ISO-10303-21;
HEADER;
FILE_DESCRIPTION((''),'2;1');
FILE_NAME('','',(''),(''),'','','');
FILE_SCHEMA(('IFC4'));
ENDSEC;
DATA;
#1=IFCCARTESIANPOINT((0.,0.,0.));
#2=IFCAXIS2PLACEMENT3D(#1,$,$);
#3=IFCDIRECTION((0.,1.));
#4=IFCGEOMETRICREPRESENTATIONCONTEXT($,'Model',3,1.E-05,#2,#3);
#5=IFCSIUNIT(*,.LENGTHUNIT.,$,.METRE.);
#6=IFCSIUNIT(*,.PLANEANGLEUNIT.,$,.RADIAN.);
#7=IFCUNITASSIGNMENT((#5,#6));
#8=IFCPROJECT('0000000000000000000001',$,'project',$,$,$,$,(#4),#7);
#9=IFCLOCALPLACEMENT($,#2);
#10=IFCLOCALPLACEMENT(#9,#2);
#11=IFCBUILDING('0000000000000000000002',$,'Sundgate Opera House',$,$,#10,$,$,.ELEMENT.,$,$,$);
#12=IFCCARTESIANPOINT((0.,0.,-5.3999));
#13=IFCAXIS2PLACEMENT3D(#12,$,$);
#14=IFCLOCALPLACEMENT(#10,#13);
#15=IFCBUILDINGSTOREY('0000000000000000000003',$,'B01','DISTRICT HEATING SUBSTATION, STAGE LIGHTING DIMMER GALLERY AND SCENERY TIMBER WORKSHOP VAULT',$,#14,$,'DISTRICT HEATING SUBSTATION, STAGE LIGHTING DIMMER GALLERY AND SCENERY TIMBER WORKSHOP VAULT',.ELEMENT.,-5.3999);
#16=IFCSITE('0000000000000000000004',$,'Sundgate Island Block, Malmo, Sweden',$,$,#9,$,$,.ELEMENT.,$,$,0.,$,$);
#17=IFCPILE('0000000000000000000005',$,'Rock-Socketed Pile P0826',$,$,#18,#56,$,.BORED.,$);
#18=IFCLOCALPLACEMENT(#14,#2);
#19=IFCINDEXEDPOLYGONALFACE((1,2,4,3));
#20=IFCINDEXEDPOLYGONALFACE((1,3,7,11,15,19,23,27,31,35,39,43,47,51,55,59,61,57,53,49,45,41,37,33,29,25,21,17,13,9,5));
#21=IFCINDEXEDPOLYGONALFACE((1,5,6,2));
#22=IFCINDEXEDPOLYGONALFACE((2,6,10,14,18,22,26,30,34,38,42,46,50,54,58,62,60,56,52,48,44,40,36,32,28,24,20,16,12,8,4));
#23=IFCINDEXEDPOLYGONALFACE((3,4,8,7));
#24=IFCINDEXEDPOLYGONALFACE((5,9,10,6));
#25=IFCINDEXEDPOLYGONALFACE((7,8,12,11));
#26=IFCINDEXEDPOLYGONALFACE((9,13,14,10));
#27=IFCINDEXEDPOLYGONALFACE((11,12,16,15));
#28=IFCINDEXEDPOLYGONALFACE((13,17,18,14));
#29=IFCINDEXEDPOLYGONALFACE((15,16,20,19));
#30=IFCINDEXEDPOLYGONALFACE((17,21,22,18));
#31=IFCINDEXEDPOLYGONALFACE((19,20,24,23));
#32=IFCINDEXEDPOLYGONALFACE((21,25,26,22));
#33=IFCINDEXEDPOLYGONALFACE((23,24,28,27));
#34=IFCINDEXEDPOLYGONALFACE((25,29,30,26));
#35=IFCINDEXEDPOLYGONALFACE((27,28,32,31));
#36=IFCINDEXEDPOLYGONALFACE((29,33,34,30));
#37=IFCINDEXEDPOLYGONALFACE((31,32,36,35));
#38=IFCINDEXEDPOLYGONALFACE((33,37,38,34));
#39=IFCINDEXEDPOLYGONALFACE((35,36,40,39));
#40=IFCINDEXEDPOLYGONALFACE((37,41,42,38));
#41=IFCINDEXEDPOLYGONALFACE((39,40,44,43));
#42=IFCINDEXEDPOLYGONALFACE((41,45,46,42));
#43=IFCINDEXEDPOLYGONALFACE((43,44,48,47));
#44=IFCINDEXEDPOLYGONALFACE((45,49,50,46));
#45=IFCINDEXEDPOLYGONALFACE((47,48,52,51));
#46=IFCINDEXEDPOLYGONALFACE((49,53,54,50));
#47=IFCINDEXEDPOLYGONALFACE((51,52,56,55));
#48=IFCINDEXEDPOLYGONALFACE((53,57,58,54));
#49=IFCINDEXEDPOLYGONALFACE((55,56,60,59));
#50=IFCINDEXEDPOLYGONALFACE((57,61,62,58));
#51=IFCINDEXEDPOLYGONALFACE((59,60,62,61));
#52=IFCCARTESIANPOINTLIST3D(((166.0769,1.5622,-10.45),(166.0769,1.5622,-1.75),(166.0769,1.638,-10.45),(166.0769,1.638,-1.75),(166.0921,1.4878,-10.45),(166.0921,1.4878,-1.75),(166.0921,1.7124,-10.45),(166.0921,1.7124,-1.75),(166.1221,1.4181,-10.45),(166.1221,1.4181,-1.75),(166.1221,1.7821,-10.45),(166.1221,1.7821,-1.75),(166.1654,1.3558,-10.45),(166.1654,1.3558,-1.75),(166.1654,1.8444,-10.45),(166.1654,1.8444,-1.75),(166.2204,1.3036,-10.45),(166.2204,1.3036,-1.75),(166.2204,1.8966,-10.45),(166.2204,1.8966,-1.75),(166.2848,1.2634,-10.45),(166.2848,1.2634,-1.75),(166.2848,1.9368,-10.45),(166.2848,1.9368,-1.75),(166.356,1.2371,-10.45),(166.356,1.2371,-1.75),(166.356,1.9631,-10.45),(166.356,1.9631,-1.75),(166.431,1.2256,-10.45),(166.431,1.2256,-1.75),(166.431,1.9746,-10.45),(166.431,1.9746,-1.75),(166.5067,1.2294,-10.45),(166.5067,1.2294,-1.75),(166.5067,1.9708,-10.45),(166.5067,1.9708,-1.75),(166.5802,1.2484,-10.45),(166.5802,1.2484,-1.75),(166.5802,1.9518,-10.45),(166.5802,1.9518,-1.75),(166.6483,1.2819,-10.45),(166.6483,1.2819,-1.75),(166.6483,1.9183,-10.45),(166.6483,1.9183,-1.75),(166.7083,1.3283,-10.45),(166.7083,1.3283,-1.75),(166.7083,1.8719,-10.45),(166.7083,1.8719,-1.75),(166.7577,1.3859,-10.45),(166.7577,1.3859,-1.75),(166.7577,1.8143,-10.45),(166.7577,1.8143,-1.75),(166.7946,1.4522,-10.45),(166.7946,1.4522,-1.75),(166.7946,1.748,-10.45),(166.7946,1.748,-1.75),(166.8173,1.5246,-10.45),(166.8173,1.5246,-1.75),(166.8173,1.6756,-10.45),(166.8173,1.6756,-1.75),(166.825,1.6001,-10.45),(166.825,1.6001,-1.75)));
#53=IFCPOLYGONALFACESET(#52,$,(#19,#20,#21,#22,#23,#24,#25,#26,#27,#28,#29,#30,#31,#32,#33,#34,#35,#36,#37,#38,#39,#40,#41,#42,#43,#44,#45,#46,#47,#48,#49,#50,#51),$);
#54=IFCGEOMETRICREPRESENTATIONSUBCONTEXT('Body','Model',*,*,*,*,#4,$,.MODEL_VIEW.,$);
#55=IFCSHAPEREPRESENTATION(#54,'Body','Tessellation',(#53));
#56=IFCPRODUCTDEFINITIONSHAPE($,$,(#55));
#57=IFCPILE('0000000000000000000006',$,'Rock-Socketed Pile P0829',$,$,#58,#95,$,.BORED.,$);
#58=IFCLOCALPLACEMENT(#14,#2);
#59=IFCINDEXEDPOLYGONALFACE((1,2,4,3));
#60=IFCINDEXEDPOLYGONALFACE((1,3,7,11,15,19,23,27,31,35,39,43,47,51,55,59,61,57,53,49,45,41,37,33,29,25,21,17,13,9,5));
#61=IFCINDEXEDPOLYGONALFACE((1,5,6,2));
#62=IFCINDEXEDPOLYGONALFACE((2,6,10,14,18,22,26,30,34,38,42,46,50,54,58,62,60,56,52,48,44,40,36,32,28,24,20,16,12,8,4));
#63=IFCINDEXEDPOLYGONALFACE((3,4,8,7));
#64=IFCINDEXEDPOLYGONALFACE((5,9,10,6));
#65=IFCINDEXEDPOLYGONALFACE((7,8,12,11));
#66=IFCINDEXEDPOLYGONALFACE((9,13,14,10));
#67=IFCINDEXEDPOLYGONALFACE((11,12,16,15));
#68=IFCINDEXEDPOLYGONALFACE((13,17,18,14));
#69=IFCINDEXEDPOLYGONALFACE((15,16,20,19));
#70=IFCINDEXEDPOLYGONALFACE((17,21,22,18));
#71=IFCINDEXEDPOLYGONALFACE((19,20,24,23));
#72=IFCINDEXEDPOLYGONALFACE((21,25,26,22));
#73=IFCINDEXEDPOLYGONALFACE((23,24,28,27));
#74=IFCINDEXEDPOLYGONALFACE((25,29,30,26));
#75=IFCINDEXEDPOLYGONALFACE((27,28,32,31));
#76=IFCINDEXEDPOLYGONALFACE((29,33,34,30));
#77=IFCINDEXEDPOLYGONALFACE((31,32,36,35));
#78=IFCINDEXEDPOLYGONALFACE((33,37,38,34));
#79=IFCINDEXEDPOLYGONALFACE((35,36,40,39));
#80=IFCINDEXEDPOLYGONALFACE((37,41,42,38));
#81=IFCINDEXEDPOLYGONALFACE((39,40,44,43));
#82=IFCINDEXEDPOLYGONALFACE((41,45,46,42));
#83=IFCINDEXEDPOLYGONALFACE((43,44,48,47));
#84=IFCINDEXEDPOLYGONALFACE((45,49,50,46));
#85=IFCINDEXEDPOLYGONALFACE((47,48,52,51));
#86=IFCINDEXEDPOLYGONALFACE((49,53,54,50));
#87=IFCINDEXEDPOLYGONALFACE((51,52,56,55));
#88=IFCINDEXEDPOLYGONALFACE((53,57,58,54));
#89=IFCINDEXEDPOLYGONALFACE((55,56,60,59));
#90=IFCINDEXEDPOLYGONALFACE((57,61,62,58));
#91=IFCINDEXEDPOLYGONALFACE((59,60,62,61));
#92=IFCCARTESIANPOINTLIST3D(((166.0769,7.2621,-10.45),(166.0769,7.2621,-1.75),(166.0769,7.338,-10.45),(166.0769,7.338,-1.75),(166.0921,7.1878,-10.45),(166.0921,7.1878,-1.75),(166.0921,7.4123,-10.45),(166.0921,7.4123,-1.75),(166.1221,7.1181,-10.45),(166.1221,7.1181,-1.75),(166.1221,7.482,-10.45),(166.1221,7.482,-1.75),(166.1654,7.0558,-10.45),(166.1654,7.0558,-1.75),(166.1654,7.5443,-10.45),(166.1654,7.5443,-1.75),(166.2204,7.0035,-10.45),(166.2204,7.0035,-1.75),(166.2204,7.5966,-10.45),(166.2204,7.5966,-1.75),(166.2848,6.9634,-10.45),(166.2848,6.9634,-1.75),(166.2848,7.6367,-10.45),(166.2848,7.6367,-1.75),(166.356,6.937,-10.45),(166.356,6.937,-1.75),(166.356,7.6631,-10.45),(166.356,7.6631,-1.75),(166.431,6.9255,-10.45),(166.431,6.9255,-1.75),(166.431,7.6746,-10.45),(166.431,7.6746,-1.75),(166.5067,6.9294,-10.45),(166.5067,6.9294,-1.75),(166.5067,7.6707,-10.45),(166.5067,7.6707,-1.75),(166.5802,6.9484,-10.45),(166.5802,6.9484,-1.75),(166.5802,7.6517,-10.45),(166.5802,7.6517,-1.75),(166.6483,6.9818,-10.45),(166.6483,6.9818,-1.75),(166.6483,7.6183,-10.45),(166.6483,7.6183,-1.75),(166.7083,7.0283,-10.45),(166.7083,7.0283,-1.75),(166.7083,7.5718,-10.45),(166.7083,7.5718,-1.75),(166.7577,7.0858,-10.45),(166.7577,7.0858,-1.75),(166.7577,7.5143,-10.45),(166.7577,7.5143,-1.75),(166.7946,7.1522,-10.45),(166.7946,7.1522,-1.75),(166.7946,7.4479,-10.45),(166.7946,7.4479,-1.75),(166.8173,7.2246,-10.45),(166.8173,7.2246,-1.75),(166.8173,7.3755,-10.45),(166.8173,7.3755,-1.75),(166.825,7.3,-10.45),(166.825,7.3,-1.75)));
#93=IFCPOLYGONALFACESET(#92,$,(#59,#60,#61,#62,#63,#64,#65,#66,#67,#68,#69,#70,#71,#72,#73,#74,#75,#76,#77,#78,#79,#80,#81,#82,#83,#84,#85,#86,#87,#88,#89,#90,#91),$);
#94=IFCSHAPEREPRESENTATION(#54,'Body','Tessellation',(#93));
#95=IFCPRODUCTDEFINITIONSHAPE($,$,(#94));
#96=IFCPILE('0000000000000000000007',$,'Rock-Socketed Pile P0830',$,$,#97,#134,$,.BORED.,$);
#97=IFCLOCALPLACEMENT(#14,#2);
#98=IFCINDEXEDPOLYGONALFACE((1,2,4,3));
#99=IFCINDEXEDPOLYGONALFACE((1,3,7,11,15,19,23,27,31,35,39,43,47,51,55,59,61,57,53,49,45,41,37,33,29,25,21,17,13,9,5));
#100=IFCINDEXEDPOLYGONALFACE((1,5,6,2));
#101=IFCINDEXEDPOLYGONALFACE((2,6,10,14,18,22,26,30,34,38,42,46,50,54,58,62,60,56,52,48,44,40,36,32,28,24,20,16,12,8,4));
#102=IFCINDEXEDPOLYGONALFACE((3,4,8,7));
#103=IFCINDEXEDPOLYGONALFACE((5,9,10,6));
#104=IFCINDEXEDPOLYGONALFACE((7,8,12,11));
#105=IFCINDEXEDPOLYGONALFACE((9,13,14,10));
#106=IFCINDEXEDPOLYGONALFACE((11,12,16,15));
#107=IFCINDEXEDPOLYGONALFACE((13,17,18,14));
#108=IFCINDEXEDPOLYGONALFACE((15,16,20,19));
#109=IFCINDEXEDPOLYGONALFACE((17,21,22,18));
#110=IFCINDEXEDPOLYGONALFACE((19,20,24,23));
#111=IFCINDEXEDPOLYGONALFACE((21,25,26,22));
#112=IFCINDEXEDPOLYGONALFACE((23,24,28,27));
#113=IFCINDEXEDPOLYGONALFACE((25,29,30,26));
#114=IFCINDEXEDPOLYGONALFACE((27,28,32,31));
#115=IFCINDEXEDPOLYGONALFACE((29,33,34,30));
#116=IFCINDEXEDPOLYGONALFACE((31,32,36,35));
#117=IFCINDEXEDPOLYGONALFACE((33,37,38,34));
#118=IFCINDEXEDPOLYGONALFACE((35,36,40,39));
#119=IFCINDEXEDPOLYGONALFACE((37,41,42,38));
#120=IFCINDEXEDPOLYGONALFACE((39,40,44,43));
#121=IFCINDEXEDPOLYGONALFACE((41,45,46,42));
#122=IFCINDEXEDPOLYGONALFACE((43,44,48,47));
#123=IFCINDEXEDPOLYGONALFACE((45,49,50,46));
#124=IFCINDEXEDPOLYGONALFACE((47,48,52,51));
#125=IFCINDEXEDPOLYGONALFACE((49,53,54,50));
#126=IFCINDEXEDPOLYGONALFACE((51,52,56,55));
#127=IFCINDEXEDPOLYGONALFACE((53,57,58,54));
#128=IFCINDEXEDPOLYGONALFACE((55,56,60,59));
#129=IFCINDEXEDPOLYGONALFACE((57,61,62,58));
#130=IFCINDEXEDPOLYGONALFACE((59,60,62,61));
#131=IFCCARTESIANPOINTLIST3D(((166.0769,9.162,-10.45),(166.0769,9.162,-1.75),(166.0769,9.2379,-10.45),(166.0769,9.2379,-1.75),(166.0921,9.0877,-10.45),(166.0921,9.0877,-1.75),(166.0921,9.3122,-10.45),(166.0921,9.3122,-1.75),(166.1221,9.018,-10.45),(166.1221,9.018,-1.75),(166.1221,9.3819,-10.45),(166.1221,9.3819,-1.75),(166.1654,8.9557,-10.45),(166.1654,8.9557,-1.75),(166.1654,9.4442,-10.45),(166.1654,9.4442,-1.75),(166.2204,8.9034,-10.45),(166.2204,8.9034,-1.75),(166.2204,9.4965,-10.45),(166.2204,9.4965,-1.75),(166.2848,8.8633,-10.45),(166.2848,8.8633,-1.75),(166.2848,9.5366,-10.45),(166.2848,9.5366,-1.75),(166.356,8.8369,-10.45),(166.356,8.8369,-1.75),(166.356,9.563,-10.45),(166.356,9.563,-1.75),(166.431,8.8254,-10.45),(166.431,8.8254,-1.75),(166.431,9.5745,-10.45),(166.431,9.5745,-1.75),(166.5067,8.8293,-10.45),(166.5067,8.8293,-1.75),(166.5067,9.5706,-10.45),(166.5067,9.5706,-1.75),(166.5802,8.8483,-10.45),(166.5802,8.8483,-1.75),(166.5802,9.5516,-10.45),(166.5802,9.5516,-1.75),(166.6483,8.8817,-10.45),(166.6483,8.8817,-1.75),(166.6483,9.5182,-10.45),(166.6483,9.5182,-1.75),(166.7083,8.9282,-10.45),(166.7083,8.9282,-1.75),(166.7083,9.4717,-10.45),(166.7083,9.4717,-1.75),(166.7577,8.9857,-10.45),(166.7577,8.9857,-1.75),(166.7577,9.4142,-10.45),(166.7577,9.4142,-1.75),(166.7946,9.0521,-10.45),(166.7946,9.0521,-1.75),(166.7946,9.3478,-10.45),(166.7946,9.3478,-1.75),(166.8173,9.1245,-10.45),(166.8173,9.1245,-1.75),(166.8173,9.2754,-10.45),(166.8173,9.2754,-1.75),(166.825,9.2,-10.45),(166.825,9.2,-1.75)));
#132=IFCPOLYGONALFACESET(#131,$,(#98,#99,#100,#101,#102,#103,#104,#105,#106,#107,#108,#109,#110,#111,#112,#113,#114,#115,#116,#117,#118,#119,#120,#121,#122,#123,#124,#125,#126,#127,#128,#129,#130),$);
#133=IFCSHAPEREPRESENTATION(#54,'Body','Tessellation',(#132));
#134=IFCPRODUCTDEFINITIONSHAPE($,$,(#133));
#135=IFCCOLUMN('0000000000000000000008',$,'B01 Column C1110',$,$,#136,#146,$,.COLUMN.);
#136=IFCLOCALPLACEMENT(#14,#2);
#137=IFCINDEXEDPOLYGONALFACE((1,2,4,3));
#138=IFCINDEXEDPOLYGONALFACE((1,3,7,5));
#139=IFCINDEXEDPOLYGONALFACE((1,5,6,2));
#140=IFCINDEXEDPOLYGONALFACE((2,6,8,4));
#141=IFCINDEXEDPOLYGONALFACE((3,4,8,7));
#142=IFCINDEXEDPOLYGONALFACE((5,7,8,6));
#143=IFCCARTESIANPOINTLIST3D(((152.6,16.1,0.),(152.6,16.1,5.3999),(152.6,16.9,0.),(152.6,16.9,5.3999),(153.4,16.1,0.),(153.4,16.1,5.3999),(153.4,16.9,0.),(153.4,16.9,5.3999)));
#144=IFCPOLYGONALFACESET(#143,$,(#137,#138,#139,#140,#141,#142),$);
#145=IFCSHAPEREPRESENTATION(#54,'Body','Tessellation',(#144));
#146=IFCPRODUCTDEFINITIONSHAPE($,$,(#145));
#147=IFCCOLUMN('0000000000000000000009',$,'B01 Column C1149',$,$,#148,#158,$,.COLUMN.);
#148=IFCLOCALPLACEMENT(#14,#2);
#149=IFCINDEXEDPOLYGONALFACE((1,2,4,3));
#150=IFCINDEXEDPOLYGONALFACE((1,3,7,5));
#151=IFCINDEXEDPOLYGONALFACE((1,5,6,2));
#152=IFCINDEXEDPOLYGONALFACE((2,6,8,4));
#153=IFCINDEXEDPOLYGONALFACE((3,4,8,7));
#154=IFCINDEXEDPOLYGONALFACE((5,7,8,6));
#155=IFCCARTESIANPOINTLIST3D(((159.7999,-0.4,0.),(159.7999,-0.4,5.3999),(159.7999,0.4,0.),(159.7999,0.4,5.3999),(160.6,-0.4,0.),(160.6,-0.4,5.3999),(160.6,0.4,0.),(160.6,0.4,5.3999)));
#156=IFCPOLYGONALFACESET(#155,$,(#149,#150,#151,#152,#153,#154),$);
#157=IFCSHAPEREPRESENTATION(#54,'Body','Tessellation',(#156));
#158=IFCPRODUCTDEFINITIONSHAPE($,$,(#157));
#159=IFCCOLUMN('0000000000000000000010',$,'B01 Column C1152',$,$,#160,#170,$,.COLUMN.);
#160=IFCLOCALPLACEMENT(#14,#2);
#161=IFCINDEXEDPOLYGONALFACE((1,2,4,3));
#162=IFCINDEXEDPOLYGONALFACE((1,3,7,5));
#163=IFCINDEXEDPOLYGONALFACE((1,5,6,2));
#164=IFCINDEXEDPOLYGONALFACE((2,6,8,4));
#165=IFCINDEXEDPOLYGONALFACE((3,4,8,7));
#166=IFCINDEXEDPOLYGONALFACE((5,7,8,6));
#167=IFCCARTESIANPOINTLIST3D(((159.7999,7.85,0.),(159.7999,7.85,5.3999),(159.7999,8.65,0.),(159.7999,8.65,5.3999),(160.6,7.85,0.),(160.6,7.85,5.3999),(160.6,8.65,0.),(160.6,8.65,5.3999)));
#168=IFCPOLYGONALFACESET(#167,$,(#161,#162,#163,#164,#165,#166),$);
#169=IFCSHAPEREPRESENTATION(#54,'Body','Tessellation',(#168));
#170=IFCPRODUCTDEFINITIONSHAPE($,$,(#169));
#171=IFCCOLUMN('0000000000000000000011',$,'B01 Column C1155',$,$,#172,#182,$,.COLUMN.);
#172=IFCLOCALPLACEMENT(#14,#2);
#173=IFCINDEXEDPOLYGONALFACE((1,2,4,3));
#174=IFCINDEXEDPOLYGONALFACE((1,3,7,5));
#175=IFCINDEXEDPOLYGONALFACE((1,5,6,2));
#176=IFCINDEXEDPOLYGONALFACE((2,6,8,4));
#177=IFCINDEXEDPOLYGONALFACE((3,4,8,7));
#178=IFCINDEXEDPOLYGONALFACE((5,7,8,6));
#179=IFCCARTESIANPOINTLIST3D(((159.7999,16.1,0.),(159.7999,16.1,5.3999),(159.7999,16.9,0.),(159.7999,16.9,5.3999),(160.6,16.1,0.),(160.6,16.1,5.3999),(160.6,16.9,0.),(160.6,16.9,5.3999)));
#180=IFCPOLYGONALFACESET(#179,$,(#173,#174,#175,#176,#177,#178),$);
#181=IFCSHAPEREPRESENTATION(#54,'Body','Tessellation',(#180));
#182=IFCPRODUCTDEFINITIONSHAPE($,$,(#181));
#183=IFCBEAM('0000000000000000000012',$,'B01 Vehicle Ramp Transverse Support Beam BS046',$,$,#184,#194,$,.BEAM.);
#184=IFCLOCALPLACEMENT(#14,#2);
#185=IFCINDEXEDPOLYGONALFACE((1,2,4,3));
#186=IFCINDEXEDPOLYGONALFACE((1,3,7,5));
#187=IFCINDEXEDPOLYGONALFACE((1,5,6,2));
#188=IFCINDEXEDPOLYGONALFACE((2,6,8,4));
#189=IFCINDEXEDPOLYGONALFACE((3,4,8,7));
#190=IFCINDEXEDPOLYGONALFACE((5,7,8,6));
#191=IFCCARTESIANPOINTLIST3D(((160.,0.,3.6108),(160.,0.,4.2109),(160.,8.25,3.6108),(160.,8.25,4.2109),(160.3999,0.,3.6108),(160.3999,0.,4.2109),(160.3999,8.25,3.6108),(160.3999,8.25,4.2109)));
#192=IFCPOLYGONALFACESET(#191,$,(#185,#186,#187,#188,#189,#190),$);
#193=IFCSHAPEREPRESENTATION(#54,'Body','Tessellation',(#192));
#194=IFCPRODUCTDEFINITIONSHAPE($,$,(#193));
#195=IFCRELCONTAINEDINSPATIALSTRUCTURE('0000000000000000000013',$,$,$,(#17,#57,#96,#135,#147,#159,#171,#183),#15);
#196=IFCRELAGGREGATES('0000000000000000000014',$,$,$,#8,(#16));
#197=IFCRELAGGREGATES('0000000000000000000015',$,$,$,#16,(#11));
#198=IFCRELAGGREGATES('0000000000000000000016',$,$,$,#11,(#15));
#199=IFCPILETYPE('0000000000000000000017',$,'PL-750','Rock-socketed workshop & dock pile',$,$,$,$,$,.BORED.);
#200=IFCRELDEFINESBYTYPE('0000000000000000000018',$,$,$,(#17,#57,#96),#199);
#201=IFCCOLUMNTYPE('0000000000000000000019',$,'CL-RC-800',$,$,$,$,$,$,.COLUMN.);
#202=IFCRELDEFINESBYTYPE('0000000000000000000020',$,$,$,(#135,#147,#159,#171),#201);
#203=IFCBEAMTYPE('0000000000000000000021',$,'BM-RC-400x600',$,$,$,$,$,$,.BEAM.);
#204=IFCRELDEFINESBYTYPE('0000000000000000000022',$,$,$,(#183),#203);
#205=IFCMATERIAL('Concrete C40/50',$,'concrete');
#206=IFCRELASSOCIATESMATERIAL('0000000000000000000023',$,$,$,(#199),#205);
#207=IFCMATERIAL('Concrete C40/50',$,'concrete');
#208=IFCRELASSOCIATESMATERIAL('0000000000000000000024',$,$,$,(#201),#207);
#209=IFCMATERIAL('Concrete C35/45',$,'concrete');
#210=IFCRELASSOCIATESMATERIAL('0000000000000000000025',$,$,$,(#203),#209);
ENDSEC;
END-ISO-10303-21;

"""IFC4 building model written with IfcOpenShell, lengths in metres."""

from ifc_helpers import new_model, si_unit, direction, frame, origin, origin_2d, place, context, subcontext, project, spatial, rectangle, circle, extrude, material, material_profile, profile_set, type_object, element, save


model = new_model("IFC4")

# Units and contexts
model_context = context("Model", 3, precision=1e-05, world=origin(), true_north=direction((0.0, 1.0)))
body_context = subcontext(model_context, "Body", "Model", "MODEL_VIEW")
ifc_project = project(units=[si_unit("LENGTHUNIT", "METRE"), si_unit("PLANEANGLEUNIT", "RADIAN")], contexts=[model_context])

# Site, building, storey
site_placement = place(None, origin())
site = spatial("IfcSite", under=ifc_project, at=site_placement, Name="Sundgate Island Block, Malmo, Sweden", CompositionType="ELEMENT", RefElevation=0.0)
building_placement = place(site_placement, origin())
building = spatial("IfcBuilding", under=site, at=building_placement, Name="Sundgate Opera House", CompositionType="ELEMENT")
storey_placement = place(building_placement, frame((0.0, 0.0, -5.3999)))
storey = spatial("IfcBuildingStorey", under=building, at=storey_placement, Name="B01", Description="DISTRICT HEATING SUBSTATION, STAGE LIGHTING DIMMER GALLERY AND SCENERY TIMBER WORKSHOP VAULT", LongName="DISTRICT HEATING SUBSTATION, STAGE LIGHTING DIMMER GALLERY AND SCENERY TIMBER WORKSHOP VAULT", CompositionType="ELEMENT", Elevation=-5.3999)

# Piles
ifc_material_1 = material(Name="Concrete C40/50", Category="concrete")
ifc_material_profile_1 = material_profile(ifc_material_1, circle(Radius=0.375, at=origin_2d()), Name="PILE D750")
ifc_profile_set_1 = profile_set([ifc_material_profile_1], Name="Concrete C40/50")
pile_type = type_object("IfcPileType", Name="PL-750", Description="Rock-socketed workshop & dock pile", PredefinedType="BORED", material=ifc_profile_set_1)
for number, where, z_axis, x_axis, name in (
    (1, (166.45, 1.6001, -1.75), (0.0, 0.0, -1.0), (1.0, 0.0, 0.0), "Rock-Socketed Pile P0826"),
    (2, (166.45, 7.3, -1.75), (0.0, 0.0, -1.0), (1.0, 0.0, 0.0), "Rock-Socketed Pile P0829"),
    (3, (166.45, 9.2, -1.75), (0.0, 0.0, -1.0), (1.0, 0.0, 0.0), "Rock-Socketed Pile P0830"),
):
    element("IfcPile", number, at=place(storey_placement, frame(where, z_axis=z_axis, x_axis=x_axis)), inside=storey, type_object=pile_type, Name=name, PredefinedType="BORED", context=body_context, shape_type="SweptSolid", body=[
        extrude(circle(Radius=0.375, at=origin_2d()), origin(), (0.0, 0.0, 1.0), 8.7),
    ])

# Columns
ifc_material_2 = material(Name="Concrete C40/50", Category="concrete")
ifc_material_profile_2 = material_profile(ifc_material_2, rectangle(XDim=0.8, YDim=0.8, at=origin_2d()), Name="RC 800x800")
ifc_profile_set_2 = profile_set([ifc_material_profile_2], Name="Concrete C40/50")
column_type = type_object("IfcColumnType", Name="CL-RC-800", PredefinedType="COLUMN", material=ifc_profile_set_2)
for number, where, z_axis, x_axis, name in (
    (4, (153.0, 16.5, 0.0), (0.0, 0.0, 1.0), (1.0, 0.0, 0.0), "B01 Column C1110"),
    (5, (160.2, 0.0, 0.0), (0.0, 0.0, 1.0), (1.0, 0.0, 0.0), "B01 Column C1149"),
    (6, (160.2, 8.25, 0.0), (0.0, 0.0, 1.0), (1.0, 0.0, 0.0), "B01 Column C1152"),
    (7, (160.2, 16.5, 0.0), (0.0, 0.0, 1.0), (1.0, 0.0, 0.0), "B01 Column C1155"),
):
    element("IfcColumn", number, at=place(storey_placement, frame(where, z_axis=z_axis, x_axis=x_axis)), inside=storey, type_object=column_type, Name=name, PredefinedType="COLUMN", context=body_context, shape_type="SweptSolid", body=[
        extrude(rectangle(XDim=0.8, YDim=0.8, at=origin_2d()), origin(), (0.0, 0.0, 1.0), 5.3999),
    ])

# Beam
ifc_material_3 = material(Name="Concrete C35/45", Category="concrete")
ifc_material_profile_3 = material_profile(ifc_material_3, rectangle(XDim=0.3999, YDim=0.6001, at=origin_2d()), Name="RC 400x600")
ifc_profile_set_3 = profile_set([ifc_material_profile_3], Name="Concrete C35/45")
beam_type = type_object("IfcBeamType", Name="BM-RC-400x600", PredefinedType="BEAM", material=ifc_profile_set_3)
beam_placement = place(storey_placement, frame((160.2, 0.0, 3.9109), z_axis=(0.0, 1.0, 0.0), x_axis=(-1.0, 0.0, 0.0)))
element("IfcBeam", 8, at=beam_placement, inside=storey, type_object=beam_type, Name="B01 Vehicle Ramp Transverse Support Beam BS046", PredefinedType="BEAM", context=body_context, shape_type="SweptSolid", body=[
    extrude(rectangle(XDim=0.3999, YDim=0.6001, at=origin_2d()), origin(), (0.0, 0.0, 1.0), 8.25),
])

save(model, "model.ifc")
